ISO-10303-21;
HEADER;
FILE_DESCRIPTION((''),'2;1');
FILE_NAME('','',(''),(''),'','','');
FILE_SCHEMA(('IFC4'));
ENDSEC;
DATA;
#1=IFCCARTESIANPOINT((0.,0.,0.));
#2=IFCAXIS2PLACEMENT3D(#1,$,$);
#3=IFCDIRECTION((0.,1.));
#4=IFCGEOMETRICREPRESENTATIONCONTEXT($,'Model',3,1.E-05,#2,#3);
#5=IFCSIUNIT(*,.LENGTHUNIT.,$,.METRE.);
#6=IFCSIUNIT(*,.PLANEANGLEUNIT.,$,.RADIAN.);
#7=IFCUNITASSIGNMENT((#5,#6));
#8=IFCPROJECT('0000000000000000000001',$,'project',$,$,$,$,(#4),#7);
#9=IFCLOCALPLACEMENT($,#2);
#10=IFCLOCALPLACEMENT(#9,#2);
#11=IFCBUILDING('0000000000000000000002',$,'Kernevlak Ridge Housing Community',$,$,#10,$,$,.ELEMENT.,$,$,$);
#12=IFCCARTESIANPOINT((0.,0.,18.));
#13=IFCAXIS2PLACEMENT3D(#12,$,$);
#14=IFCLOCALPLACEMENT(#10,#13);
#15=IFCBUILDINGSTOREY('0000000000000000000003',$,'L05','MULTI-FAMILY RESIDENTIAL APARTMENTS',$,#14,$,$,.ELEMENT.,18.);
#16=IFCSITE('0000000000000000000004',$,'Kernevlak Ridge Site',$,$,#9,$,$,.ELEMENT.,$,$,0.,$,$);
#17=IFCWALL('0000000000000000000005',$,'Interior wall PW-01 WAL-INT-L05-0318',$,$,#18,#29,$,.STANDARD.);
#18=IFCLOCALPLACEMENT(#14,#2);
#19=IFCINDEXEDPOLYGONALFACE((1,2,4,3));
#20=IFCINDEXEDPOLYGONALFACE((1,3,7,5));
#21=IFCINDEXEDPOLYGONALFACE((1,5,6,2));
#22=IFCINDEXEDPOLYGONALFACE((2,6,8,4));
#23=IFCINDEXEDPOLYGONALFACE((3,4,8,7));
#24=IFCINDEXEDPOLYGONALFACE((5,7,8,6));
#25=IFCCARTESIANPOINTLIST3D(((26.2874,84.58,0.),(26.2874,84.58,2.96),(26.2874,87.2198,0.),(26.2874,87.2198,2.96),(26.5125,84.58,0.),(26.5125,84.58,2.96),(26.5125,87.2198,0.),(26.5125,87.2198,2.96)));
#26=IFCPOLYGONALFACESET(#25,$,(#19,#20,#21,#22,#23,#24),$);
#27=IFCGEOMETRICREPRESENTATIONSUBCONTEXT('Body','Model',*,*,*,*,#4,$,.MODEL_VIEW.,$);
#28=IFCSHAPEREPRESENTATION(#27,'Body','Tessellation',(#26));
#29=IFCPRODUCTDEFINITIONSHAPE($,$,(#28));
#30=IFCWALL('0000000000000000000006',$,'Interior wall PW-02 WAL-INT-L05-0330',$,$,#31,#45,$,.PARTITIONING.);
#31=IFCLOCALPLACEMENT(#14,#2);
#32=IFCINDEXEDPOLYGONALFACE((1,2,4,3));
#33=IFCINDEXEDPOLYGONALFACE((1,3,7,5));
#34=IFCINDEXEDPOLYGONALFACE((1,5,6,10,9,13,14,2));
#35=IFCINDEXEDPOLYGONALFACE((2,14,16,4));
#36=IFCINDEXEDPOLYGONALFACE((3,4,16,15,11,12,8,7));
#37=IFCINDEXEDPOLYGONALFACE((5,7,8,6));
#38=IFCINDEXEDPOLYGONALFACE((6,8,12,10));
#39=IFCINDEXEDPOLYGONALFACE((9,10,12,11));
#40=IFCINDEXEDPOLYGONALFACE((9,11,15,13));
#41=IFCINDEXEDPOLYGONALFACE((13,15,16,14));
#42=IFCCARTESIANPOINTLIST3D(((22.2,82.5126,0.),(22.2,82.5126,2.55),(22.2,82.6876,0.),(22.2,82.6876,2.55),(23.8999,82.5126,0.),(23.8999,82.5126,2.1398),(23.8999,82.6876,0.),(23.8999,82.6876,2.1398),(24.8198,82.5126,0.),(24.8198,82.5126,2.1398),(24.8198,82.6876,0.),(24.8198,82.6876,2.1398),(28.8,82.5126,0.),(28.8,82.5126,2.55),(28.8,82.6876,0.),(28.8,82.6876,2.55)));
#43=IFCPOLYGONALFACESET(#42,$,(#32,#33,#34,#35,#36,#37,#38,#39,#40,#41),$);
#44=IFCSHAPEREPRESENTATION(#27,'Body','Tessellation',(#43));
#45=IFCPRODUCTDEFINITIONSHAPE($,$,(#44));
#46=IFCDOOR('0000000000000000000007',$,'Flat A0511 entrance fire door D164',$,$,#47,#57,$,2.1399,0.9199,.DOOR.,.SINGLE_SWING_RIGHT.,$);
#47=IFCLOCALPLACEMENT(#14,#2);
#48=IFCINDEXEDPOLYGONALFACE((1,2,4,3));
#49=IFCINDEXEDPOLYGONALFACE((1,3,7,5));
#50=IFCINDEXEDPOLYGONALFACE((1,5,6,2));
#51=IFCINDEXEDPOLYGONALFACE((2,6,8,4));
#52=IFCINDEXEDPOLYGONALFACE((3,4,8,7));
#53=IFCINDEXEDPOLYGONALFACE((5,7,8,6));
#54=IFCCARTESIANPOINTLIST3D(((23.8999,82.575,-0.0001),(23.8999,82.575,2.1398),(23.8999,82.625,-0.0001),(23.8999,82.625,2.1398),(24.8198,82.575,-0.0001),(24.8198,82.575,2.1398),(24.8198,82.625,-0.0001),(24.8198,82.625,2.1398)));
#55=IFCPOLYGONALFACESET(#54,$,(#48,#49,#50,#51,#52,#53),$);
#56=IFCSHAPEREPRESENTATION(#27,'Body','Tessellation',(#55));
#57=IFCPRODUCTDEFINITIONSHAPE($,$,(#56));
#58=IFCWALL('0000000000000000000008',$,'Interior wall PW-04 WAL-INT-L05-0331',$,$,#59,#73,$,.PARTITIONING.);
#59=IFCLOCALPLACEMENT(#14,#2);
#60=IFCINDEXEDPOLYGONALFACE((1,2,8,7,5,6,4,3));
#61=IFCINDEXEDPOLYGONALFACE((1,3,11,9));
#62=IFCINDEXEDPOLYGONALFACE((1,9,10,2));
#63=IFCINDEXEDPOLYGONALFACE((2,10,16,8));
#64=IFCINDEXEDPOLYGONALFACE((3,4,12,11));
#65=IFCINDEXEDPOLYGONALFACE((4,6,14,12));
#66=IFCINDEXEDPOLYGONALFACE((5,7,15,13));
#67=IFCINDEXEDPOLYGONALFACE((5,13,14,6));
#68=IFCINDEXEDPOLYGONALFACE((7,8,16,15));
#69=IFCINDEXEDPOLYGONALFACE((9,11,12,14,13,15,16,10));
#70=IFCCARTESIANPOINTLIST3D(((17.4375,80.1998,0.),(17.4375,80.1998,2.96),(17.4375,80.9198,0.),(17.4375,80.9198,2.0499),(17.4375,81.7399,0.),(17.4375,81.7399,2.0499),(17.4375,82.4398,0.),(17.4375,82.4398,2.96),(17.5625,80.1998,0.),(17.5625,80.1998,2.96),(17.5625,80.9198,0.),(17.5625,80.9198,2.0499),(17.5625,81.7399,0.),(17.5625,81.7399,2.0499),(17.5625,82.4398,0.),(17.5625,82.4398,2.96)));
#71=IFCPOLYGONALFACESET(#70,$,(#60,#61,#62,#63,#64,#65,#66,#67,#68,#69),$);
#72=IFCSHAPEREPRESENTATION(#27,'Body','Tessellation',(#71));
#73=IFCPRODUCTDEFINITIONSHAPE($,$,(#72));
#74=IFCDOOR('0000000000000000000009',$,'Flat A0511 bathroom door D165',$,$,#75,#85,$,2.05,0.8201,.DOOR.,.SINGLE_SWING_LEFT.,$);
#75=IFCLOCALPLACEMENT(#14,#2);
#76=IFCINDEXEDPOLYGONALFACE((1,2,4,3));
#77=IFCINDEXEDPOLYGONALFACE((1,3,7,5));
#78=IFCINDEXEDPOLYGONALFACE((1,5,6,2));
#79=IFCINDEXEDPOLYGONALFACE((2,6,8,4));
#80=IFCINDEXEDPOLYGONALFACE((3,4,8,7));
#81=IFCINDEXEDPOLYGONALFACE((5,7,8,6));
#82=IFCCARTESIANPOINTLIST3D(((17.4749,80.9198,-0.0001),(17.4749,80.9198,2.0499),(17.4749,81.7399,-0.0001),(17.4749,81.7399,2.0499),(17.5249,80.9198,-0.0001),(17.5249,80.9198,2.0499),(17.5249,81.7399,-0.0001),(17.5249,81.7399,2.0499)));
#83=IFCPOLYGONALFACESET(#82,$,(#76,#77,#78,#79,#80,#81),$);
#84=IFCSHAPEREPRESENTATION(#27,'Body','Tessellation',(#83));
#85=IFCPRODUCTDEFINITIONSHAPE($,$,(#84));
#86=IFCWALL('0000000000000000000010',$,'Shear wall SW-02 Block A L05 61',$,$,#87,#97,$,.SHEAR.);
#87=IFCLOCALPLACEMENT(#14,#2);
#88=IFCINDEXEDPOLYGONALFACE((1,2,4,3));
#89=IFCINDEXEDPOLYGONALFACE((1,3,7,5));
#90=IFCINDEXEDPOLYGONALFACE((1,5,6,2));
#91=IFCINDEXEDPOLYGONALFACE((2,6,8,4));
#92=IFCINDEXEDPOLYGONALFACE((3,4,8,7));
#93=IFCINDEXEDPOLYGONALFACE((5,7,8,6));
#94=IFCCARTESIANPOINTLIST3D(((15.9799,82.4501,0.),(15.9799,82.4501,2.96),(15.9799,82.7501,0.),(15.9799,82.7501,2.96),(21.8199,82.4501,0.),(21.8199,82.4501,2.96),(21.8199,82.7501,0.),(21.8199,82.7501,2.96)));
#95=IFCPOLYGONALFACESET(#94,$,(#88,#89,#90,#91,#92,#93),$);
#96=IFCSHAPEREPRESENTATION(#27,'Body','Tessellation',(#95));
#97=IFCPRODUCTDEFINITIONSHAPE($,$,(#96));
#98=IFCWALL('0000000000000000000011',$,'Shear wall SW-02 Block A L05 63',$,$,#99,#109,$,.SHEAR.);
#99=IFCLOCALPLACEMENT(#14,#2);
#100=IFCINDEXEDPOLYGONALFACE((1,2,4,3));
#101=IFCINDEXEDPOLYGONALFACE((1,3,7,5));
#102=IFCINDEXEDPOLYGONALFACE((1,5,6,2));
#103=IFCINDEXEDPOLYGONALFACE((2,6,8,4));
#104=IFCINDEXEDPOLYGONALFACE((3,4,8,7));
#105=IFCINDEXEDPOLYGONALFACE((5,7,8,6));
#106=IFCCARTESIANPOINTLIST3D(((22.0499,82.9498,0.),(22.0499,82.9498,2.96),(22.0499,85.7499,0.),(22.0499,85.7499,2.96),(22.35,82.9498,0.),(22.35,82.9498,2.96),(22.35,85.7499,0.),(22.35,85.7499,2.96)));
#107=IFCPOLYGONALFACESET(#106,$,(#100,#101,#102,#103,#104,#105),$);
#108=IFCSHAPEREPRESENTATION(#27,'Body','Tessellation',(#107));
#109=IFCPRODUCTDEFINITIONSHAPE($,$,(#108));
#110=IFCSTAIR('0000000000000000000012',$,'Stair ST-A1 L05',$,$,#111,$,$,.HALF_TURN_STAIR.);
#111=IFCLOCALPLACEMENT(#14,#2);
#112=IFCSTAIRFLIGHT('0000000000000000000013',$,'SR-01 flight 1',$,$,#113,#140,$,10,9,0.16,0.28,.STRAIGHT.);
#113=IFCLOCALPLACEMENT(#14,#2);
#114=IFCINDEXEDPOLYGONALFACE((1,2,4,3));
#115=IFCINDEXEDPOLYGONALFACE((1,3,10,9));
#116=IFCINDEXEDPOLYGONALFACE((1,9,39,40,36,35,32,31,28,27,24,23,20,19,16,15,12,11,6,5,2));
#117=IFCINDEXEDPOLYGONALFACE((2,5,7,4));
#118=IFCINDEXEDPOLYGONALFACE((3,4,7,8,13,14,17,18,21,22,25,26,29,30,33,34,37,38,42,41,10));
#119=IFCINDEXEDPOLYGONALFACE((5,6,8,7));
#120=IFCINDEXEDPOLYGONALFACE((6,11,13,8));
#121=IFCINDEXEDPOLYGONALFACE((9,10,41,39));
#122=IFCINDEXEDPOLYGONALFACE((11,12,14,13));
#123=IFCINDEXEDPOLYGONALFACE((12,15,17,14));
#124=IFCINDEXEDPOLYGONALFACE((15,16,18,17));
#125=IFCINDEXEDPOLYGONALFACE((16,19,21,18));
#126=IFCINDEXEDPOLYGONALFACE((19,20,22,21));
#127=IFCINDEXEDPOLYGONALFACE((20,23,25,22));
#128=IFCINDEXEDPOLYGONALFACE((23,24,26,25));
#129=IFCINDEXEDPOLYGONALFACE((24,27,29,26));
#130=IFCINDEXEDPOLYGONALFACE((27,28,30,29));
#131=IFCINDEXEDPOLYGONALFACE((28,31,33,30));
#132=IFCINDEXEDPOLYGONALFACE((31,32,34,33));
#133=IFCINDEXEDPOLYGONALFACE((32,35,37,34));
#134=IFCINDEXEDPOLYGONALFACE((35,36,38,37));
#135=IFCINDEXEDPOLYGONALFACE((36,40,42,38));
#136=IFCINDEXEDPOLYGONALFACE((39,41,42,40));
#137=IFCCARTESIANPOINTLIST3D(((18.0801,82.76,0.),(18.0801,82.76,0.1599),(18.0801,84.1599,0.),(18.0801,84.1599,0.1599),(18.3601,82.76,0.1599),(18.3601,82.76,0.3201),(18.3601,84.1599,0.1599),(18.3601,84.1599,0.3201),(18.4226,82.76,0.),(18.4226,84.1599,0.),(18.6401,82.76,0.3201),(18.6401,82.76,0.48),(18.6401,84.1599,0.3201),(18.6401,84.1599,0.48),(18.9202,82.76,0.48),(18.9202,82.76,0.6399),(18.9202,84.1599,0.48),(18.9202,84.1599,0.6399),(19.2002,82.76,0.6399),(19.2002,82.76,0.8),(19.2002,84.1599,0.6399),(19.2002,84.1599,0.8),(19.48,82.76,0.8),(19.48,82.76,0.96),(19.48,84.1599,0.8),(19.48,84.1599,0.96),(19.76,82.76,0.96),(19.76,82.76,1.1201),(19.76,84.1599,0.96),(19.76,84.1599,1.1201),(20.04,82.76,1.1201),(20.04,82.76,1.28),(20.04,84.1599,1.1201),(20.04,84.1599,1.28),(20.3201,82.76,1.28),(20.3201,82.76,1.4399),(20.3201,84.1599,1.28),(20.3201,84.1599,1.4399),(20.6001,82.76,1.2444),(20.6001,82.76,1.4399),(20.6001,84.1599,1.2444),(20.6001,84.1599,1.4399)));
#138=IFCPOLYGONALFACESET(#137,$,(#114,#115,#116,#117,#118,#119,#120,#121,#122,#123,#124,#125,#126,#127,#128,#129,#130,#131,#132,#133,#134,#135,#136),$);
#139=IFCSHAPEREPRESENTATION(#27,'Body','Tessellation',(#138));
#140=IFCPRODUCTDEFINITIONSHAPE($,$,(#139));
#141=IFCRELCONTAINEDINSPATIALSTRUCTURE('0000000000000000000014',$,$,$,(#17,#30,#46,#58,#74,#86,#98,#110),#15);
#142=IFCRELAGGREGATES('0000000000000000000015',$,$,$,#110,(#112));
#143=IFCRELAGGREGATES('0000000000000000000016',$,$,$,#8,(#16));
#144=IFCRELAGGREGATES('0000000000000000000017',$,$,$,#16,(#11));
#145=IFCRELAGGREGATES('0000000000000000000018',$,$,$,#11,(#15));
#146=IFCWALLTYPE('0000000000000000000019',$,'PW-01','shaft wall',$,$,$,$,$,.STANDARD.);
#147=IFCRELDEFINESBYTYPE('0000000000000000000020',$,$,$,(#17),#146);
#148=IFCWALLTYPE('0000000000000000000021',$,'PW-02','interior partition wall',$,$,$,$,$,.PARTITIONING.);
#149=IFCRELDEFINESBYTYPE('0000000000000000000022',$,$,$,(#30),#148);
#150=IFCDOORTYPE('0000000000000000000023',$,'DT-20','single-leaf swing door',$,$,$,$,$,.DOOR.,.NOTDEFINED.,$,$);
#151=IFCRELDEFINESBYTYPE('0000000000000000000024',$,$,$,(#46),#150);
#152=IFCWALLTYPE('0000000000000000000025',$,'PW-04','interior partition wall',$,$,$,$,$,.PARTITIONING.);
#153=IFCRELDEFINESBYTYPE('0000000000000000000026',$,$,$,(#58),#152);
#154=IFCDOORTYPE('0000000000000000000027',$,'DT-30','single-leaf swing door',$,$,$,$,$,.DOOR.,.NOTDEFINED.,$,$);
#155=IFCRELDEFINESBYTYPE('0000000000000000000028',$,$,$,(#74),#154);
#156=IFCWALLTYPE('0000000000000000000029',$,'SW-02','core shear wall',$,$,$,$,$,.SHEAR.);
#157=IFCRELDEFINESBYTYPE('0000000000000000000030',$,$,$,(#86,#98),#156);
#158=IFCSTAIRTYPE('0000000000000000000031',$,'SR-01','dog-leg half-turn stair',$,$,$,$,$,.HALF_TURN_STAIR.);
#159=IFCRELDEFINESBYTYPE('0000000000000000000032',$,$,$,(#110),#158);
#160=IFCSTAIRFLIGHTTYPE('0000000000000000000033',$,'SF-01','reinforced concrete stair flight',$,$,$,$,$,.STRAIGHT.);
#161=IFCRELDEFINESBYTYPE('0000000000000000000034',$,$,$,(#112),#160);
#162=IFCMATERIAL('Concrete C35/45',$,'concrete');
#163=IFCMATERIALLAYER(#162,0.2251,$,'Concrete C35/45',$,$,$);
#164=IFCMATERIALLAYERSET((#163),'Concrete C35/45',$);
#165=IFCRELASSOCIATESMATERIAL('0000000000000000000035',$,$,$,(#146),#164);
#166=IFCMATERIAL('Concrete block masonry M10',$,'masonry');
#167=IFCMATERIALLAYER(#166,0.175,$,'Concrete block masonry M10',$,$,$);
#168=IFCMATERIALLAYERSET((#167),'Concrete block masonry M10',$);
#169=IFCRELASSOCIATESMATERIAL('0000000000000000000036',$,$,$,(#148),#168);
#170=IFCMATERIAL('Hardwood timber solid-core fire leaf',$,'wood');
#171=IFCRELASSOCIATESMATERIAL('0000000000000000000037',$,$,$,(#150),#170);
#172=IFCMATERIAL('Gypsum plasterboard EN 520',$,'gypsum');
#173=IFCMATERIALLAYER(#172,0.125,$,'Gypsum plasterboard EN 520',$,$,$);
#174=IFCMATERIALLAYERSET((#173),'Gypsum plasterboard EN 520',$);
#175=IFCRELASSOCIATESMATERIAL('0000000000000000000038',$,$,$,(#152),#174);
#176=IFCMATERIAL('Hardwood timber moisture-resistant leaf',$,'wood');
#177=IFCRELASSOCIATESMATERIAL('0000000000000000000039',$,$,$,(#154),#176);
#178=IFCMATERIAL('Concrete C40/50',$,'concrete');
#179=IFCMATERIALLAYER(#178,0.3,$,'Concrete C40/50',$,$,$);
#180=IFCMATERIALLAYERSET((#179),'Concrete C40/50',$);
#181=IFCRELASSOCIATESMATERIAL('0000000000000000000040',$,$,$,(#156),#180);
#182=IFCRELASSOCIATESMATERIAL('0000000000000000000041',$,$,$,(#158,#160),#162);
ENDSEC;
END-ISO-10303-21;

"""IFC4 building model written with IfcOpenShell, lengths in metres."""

from ifc_helpers import new_model, si_unit, direction, frame, frame_2d, origin, place, context, subcontext, project, spatial, polyline, rectangle, outline, extrude, material, layer, layer_set, type_object, element, fill, aggregate, save


model = new_model("IFC4")

# Units and contexts
model_context = context("Model", 3, precision=1e-05, world=origin(), true_north=direction((0.0, 1.0)))
body_context = subcontext(model_context, "Body", "Model", "MODEL_VIEW")
ifc_project = project(units=[si_unit("LENGTHUNIT", "METRE"), si_unit("PLANEANGLEUNIT", "RADIAN")], contexts=[model_context])

# Site, building, storey
site_placement = place(None, origin())
site = spatial("IfcSite", under=ifc_project, at=site_placement, Name="Kernevlak Ridge Site", CompositionType="ELEMENT", RefElevation=0.0)
building_placement = place(site_placement, origin())
building = spatial("IfcBuilding", under=site, at=building_placement, Name="Kernevlak Ridge Housing Community", CompositionType="ELEMENT")
storey_placement = place(building_placement, frame((0.0, 0.0, 18.0)))
storey = spatial("IfcBuildingStorey", under=building, at=storey_placement, Name="L05", Description="MULTI-FAMILY RESIDENTIAL APARTMENTS", CompositionType="ELEMENT", Elevation=18.0)

# Shared definitions
ifc_material_1 = material(Name="Concrete C40/50", Category="concrete")

# Shared definitions
ifc_material_2 = material(Name="Concrete C35/45", Category="concrete")

# Shared definitions
ifc_layer_1 = layer(ifc_material_2, 0.2251, Name="Concrete C35/45")
ifc_layer_set_1 = layer_set([ifc_layer_1], Name="Concrete C35/45")
wall_type_1 = type_object("IfcWallType", Name="PW-01", Description="shaft wall", PredefinedType="STANDARD", material=ifc_layer_set_1)

# Wall
for number, where, z_axis, x_axis, name in (
    (1, (26.3999, 84.5801, 0.0), (0.0, 0.0, 1.0), (0.0, 1.0, 0.0), "Interior wall PW-01 WAL-INT-L05-0318"),
):
    element("IfcWall", number, at=place(storey_placement, frame(where, z_axis=z_axis, x_axis=x_axis)), inside=storey, type_object=wall_type_1, Name=name, PredefinedType="STANDARD", context=body_context, shape_type="SweptSolid", body=[
        extrude(rectangle(XDim=2.6399, YDim=0.2251, at=frame_2d((1.3198, 0.0))), origin(), (0.0, 0.0, 1.0), 2.96),
    ])

# Walls, openings, doors
ifc_material_3 = material(Name="Concrete block masonry M10", Category="masonry")
ifc_layer_2 = layer(ifc_material_3, 0.175, Name="Concrete block masonry M10")
ifc_layer_set_2 = layer_set([ifc_layer_2], Name="Concrete block masonry M10")
wall_type_2 = type_object("IfcWallType", Name="PW-02", Description="interior partition wall", PredefinedType="PARTITIONING", material=ifc_layer_set_2)
wall_1_placement = place(storey_placement, frame((22.2, 82.6001, 0.0), z_axis=(0.0, 0.0, 1.0), x_axis=(1.0, 0.0, 0.0)))
wall_1 = element("IfcWall", 2, at=wall_1_placement, inside=storey, type_object=wall_type_2, Name="Interior wall PW-02 WAL-INT-L05-0330", PredefinedType="PARTITIONING", context=body_context, shape_type="SweptSolid", body=[
    extrude(rectangle(XDim=6.6001, YDim=0.175, at=frame_2d((3.3, 0.0))), origin(), (0.0, 0.0, 1.0), 2.55),
])
opening_1_placement = place(wall_1_placement, frame((1.7, 0.0, 0.0)))
opening_1 = element("IfcOpeningElement", 3, at=opening_1_placement, cuts=wall_1, PredefinedType="OPENING", context=body_context, shape_type="SweptSolid", body=[
    extrude(rectangle(XDim=0.9199, YDim=2.1399, at=frame_2d((0.46, 1.0698))), frame((0.0, 0.0974, 0.0), z_axis=(0.0, -1.0, 0.0), x_axis=(1.0, 0.0, 0.0)), (0.0, 0.0, 1.0), 0.1951),
])
ifc_material_4 = material(Name="Hardwood timber solid-core fire leaf", Category="wood")
door_type_1 = type_object("IfcDoorType", Name="DT-20", Description="single-leaf swing door", OperationType="NOTDEFINED", PredefinedType="DOOR", material=ifc_material_4)
door_1_placement = place(opening_1_placement, origin())
door_1 = element("IfcDoor", 4, at=door_1_placement, inside=storey, type_object=door_type_1, Name="Flat A0511 entrance fire door D164", OperationType="SINGLE_SWING_RIGHT", OverallHeight=2.1399, OverallWidth=0.9199, PredefinedType="DOOR", context=body_context, shape_type="SweptSolid", body=[
    extrude(rectangle(XDim=0.9199, YDim=2.1399, at=frame_2d((0.46, 1.0698))), frame((0.0, 0.0249, 0.0), z_axis=(0.0, -1.0, 0.0), x_axis=(1.0, 0.0, 0.0)), (0.0, 0.0, 1.0), 0.05),
])
fill(opening_1, door_1)
ifc_material_5 = material(Name="Gypsum plasterboard EN 520", Category="gypsum")
ifc_layer_3 = layer(ifc_material_5, 0.125, Name="Gypsum plasterboard EN 520")
ifc_layer_set_3 = layer_set([ifc_layer_3], Name="Gypsum plasterboard EN 520")
wall_type_3 = type_object("IfcWallType", Name="PW-04", Description="interior partition wall", PredefinedType="PARTITIONING", material=ifc_layer_set_3)
wall_2_placement = place(storey_placement, frame((17.5, 82.4399, 0.0), z_axis=(0.0, 0.0, 1.0), x_axis=(0.0, -1.0, 0.0)))
wall_2 = element("IfcWall", 5, at=wall_2_placement, inside=storey, type_object=wall_type_3, Name="Interior wall PW-04 WAL-INT-L05-0331", PredefinedType="PARTITIONING", context=body_context, shape_type="SweptSolid", body=[
    extrude(rectangle(XDim=2.24, YDim=0.125, at=frame_2d((1.1201, 0.0))), origin(), (0.0, 0.0, 1.0), 2.96),
])
opening_2_placement = place(wall_2_placement, frame((0.7, 0.0, 0.0)))
opening_2 = element("IfcOpeningElement", 6, at=opening_2_placement, cuts=wall_2, PredefinedType="OPENING", context=body_context, shape_type="SweptSolid", body=[
    extrude(rectangle(XDim=0.8201, YDim=2.05, at=frame_2d((0.4102, 1.0249))), frame((0.0, 0.0725, 0.0), z_axis=(0.0, -1.0, 0.0), x_axis=(1.0, 0.0, 0.0)), (0.0, 0.0, 1.0), 0.145),
])
ifc_material_6 = material(Name="Hardwood timber moisture-resistant leaf", Category="wood")
door_type_2 = type_object("IfcDoorType", Name="DT-30", Description="single-leaf swing door", OperationType="NOTDEFINED", PredefinedType="DOOR", material=ifc_material_6)
door_2_placement = place(opening_2_placement, origin())
door_2 = element("IfcDoor", 7, at=door_2_placement, inside=storey, type_object=door_type_2, Name="Flat A0511 bathroom door D165", OperationType="SINGLE_SWING_LEFT", OverallHeight=2.05, OverallWidth=0.8201, PredefinedType="DOOR", context=body_context, shape_type="SweptSolid", body=[
    extrude(rectangle(XDim=0.8201, YDim=2.05, at=frame_2d((0.4102, 1.0249))), frame((0.0, 0.0249, 0.0), z_axis=(0.0, -1.0, 0.0), x_axis=(1.0, 0.0, 0.0)), (0.0, 0.0, 1.0), 0.05),
])
fill(opening_2, door_2)

# Walls
ifc_layer_4 = layer(ifc_material_1, 0.3, Name="Concrete C40/50")
ifc_layer_set_4 = layer_set([ifc_layer_4], Name="Concrete C40/50")
wall_type_4 = type_object("IfcWallType", Name="SW-02", Description="core shear wall", PredefinedType="SHEAR", material=ifc_layer_set_4)
wall_3_placement = place(storey_placement, frame((15.98, 82.6001, 0.0), z_axis=(0.0, 0.0, 1.0), x_axis=(1.0, 0.0, 0.0)))
element("IfcWall", 8, at=wall_3_placement, inside=storey, type_object=wall_type_4, Name="Shear wall SW-02 Block A L05 61", PredefinedType="SHEAR", context=body_context, shape_type="SweptSolid", body=[
    extrude(rectangle(XDim=5.8401, YDim=0.3, at=frame_2d((2.9199, 0.0))), origin(), (0.0, 0.0, 1.0), 2.96),
])
wall_4_placement = place(storey_placement, frame((22.2, 82.95, 0.0), z_axis=(0.0, 0.0, 1.0), x_axis=(0.0, 1.0, 0.0)))
element("IfcWall", 9, at=wall_4_placement, inside=storey, type_object=wall_type_4, Name="Shear wall SW-02 Block A L05 63", PredefinedType="SHEAR", context=body_context, shape_type="SweptSolid", body=[
    extrude(rectangle(XDim=2.8, YDim=0.3, at=frame_2d((1.3999, 0.0))), origin(), (0.0, 0.0, 1.0), 2.96),
])

# Stair, stair flight
stair_type = type_object("IfcStairType", Name="SR-01", Description="dog-leg half-turn stair", PredefinedType="HALF_TURN_STAIR", material=ifc_material_2)
stair_placement = place(storey_placement, origin())
stair = element("IfcStair", 10, at=stair_placement, inside=storey, type_object=stair_type, Name="Stair ST-A1 L05", PredefinedType="HALF_TURN_STAIR")
stair_flight_type = type_object("IfcStairFlightType", Name="SF-01", Description="reinforced concrete stair flight", PredefinedType="STRAIGHT", material=ifc_material_2)
stair_flight_placement = place(storey_placement, frame((18.0801, 83.46, 0.0), z_axis=(0.0, 0.0, 1.0), x_axis=(1.0, 0.0, 0.0)))
stair_flight = element("IfcStairFlight", 11, at=stair_flight_placement, type_object=stair_flight_type, Name="SR-01 flight 1", NumberOfRisers=10, NumberOfTreads=9, PredefinedType="STRAIGHT", RiserHeight=0.16, TreadLength=0.28, context=body_context, shape_type="SweptSolid", body=[
    extrude(outline(polyline([(0.0, 0.0), (0.0, 0.1599), (0.28, 0.1599), (0.28, 0.3201), (0.5601, 0.3201), (0.5601, 0.48), (0.8401, 0.48), (0.8401, 0.6399), (1.1201, 0.6399), (1.1201, 0.8), (1.3999, 0.8), (1.3999, 0.96), (1.6799, 0.96), (1.6799, 1.1201), (1.96, 1.1201), (1.96, 1.28), (2.24, 1.28), (2.24, 1.4399), (2.52, 1.4399), (2.52, 1.6001), (2.52, 1.2444), (0.3425, 0.0), (0.0, 0.0)])), frame((0.0, 0.7, 0.0), z_axis=(0.0, -1.0, 0.0), x_axis=(1.0, 0.0, 0.0)), (0.0, 0.0, 1.0), 1.3999),
])
aggregate(stair, [stair_flight])

save(model, "model.ifc")
